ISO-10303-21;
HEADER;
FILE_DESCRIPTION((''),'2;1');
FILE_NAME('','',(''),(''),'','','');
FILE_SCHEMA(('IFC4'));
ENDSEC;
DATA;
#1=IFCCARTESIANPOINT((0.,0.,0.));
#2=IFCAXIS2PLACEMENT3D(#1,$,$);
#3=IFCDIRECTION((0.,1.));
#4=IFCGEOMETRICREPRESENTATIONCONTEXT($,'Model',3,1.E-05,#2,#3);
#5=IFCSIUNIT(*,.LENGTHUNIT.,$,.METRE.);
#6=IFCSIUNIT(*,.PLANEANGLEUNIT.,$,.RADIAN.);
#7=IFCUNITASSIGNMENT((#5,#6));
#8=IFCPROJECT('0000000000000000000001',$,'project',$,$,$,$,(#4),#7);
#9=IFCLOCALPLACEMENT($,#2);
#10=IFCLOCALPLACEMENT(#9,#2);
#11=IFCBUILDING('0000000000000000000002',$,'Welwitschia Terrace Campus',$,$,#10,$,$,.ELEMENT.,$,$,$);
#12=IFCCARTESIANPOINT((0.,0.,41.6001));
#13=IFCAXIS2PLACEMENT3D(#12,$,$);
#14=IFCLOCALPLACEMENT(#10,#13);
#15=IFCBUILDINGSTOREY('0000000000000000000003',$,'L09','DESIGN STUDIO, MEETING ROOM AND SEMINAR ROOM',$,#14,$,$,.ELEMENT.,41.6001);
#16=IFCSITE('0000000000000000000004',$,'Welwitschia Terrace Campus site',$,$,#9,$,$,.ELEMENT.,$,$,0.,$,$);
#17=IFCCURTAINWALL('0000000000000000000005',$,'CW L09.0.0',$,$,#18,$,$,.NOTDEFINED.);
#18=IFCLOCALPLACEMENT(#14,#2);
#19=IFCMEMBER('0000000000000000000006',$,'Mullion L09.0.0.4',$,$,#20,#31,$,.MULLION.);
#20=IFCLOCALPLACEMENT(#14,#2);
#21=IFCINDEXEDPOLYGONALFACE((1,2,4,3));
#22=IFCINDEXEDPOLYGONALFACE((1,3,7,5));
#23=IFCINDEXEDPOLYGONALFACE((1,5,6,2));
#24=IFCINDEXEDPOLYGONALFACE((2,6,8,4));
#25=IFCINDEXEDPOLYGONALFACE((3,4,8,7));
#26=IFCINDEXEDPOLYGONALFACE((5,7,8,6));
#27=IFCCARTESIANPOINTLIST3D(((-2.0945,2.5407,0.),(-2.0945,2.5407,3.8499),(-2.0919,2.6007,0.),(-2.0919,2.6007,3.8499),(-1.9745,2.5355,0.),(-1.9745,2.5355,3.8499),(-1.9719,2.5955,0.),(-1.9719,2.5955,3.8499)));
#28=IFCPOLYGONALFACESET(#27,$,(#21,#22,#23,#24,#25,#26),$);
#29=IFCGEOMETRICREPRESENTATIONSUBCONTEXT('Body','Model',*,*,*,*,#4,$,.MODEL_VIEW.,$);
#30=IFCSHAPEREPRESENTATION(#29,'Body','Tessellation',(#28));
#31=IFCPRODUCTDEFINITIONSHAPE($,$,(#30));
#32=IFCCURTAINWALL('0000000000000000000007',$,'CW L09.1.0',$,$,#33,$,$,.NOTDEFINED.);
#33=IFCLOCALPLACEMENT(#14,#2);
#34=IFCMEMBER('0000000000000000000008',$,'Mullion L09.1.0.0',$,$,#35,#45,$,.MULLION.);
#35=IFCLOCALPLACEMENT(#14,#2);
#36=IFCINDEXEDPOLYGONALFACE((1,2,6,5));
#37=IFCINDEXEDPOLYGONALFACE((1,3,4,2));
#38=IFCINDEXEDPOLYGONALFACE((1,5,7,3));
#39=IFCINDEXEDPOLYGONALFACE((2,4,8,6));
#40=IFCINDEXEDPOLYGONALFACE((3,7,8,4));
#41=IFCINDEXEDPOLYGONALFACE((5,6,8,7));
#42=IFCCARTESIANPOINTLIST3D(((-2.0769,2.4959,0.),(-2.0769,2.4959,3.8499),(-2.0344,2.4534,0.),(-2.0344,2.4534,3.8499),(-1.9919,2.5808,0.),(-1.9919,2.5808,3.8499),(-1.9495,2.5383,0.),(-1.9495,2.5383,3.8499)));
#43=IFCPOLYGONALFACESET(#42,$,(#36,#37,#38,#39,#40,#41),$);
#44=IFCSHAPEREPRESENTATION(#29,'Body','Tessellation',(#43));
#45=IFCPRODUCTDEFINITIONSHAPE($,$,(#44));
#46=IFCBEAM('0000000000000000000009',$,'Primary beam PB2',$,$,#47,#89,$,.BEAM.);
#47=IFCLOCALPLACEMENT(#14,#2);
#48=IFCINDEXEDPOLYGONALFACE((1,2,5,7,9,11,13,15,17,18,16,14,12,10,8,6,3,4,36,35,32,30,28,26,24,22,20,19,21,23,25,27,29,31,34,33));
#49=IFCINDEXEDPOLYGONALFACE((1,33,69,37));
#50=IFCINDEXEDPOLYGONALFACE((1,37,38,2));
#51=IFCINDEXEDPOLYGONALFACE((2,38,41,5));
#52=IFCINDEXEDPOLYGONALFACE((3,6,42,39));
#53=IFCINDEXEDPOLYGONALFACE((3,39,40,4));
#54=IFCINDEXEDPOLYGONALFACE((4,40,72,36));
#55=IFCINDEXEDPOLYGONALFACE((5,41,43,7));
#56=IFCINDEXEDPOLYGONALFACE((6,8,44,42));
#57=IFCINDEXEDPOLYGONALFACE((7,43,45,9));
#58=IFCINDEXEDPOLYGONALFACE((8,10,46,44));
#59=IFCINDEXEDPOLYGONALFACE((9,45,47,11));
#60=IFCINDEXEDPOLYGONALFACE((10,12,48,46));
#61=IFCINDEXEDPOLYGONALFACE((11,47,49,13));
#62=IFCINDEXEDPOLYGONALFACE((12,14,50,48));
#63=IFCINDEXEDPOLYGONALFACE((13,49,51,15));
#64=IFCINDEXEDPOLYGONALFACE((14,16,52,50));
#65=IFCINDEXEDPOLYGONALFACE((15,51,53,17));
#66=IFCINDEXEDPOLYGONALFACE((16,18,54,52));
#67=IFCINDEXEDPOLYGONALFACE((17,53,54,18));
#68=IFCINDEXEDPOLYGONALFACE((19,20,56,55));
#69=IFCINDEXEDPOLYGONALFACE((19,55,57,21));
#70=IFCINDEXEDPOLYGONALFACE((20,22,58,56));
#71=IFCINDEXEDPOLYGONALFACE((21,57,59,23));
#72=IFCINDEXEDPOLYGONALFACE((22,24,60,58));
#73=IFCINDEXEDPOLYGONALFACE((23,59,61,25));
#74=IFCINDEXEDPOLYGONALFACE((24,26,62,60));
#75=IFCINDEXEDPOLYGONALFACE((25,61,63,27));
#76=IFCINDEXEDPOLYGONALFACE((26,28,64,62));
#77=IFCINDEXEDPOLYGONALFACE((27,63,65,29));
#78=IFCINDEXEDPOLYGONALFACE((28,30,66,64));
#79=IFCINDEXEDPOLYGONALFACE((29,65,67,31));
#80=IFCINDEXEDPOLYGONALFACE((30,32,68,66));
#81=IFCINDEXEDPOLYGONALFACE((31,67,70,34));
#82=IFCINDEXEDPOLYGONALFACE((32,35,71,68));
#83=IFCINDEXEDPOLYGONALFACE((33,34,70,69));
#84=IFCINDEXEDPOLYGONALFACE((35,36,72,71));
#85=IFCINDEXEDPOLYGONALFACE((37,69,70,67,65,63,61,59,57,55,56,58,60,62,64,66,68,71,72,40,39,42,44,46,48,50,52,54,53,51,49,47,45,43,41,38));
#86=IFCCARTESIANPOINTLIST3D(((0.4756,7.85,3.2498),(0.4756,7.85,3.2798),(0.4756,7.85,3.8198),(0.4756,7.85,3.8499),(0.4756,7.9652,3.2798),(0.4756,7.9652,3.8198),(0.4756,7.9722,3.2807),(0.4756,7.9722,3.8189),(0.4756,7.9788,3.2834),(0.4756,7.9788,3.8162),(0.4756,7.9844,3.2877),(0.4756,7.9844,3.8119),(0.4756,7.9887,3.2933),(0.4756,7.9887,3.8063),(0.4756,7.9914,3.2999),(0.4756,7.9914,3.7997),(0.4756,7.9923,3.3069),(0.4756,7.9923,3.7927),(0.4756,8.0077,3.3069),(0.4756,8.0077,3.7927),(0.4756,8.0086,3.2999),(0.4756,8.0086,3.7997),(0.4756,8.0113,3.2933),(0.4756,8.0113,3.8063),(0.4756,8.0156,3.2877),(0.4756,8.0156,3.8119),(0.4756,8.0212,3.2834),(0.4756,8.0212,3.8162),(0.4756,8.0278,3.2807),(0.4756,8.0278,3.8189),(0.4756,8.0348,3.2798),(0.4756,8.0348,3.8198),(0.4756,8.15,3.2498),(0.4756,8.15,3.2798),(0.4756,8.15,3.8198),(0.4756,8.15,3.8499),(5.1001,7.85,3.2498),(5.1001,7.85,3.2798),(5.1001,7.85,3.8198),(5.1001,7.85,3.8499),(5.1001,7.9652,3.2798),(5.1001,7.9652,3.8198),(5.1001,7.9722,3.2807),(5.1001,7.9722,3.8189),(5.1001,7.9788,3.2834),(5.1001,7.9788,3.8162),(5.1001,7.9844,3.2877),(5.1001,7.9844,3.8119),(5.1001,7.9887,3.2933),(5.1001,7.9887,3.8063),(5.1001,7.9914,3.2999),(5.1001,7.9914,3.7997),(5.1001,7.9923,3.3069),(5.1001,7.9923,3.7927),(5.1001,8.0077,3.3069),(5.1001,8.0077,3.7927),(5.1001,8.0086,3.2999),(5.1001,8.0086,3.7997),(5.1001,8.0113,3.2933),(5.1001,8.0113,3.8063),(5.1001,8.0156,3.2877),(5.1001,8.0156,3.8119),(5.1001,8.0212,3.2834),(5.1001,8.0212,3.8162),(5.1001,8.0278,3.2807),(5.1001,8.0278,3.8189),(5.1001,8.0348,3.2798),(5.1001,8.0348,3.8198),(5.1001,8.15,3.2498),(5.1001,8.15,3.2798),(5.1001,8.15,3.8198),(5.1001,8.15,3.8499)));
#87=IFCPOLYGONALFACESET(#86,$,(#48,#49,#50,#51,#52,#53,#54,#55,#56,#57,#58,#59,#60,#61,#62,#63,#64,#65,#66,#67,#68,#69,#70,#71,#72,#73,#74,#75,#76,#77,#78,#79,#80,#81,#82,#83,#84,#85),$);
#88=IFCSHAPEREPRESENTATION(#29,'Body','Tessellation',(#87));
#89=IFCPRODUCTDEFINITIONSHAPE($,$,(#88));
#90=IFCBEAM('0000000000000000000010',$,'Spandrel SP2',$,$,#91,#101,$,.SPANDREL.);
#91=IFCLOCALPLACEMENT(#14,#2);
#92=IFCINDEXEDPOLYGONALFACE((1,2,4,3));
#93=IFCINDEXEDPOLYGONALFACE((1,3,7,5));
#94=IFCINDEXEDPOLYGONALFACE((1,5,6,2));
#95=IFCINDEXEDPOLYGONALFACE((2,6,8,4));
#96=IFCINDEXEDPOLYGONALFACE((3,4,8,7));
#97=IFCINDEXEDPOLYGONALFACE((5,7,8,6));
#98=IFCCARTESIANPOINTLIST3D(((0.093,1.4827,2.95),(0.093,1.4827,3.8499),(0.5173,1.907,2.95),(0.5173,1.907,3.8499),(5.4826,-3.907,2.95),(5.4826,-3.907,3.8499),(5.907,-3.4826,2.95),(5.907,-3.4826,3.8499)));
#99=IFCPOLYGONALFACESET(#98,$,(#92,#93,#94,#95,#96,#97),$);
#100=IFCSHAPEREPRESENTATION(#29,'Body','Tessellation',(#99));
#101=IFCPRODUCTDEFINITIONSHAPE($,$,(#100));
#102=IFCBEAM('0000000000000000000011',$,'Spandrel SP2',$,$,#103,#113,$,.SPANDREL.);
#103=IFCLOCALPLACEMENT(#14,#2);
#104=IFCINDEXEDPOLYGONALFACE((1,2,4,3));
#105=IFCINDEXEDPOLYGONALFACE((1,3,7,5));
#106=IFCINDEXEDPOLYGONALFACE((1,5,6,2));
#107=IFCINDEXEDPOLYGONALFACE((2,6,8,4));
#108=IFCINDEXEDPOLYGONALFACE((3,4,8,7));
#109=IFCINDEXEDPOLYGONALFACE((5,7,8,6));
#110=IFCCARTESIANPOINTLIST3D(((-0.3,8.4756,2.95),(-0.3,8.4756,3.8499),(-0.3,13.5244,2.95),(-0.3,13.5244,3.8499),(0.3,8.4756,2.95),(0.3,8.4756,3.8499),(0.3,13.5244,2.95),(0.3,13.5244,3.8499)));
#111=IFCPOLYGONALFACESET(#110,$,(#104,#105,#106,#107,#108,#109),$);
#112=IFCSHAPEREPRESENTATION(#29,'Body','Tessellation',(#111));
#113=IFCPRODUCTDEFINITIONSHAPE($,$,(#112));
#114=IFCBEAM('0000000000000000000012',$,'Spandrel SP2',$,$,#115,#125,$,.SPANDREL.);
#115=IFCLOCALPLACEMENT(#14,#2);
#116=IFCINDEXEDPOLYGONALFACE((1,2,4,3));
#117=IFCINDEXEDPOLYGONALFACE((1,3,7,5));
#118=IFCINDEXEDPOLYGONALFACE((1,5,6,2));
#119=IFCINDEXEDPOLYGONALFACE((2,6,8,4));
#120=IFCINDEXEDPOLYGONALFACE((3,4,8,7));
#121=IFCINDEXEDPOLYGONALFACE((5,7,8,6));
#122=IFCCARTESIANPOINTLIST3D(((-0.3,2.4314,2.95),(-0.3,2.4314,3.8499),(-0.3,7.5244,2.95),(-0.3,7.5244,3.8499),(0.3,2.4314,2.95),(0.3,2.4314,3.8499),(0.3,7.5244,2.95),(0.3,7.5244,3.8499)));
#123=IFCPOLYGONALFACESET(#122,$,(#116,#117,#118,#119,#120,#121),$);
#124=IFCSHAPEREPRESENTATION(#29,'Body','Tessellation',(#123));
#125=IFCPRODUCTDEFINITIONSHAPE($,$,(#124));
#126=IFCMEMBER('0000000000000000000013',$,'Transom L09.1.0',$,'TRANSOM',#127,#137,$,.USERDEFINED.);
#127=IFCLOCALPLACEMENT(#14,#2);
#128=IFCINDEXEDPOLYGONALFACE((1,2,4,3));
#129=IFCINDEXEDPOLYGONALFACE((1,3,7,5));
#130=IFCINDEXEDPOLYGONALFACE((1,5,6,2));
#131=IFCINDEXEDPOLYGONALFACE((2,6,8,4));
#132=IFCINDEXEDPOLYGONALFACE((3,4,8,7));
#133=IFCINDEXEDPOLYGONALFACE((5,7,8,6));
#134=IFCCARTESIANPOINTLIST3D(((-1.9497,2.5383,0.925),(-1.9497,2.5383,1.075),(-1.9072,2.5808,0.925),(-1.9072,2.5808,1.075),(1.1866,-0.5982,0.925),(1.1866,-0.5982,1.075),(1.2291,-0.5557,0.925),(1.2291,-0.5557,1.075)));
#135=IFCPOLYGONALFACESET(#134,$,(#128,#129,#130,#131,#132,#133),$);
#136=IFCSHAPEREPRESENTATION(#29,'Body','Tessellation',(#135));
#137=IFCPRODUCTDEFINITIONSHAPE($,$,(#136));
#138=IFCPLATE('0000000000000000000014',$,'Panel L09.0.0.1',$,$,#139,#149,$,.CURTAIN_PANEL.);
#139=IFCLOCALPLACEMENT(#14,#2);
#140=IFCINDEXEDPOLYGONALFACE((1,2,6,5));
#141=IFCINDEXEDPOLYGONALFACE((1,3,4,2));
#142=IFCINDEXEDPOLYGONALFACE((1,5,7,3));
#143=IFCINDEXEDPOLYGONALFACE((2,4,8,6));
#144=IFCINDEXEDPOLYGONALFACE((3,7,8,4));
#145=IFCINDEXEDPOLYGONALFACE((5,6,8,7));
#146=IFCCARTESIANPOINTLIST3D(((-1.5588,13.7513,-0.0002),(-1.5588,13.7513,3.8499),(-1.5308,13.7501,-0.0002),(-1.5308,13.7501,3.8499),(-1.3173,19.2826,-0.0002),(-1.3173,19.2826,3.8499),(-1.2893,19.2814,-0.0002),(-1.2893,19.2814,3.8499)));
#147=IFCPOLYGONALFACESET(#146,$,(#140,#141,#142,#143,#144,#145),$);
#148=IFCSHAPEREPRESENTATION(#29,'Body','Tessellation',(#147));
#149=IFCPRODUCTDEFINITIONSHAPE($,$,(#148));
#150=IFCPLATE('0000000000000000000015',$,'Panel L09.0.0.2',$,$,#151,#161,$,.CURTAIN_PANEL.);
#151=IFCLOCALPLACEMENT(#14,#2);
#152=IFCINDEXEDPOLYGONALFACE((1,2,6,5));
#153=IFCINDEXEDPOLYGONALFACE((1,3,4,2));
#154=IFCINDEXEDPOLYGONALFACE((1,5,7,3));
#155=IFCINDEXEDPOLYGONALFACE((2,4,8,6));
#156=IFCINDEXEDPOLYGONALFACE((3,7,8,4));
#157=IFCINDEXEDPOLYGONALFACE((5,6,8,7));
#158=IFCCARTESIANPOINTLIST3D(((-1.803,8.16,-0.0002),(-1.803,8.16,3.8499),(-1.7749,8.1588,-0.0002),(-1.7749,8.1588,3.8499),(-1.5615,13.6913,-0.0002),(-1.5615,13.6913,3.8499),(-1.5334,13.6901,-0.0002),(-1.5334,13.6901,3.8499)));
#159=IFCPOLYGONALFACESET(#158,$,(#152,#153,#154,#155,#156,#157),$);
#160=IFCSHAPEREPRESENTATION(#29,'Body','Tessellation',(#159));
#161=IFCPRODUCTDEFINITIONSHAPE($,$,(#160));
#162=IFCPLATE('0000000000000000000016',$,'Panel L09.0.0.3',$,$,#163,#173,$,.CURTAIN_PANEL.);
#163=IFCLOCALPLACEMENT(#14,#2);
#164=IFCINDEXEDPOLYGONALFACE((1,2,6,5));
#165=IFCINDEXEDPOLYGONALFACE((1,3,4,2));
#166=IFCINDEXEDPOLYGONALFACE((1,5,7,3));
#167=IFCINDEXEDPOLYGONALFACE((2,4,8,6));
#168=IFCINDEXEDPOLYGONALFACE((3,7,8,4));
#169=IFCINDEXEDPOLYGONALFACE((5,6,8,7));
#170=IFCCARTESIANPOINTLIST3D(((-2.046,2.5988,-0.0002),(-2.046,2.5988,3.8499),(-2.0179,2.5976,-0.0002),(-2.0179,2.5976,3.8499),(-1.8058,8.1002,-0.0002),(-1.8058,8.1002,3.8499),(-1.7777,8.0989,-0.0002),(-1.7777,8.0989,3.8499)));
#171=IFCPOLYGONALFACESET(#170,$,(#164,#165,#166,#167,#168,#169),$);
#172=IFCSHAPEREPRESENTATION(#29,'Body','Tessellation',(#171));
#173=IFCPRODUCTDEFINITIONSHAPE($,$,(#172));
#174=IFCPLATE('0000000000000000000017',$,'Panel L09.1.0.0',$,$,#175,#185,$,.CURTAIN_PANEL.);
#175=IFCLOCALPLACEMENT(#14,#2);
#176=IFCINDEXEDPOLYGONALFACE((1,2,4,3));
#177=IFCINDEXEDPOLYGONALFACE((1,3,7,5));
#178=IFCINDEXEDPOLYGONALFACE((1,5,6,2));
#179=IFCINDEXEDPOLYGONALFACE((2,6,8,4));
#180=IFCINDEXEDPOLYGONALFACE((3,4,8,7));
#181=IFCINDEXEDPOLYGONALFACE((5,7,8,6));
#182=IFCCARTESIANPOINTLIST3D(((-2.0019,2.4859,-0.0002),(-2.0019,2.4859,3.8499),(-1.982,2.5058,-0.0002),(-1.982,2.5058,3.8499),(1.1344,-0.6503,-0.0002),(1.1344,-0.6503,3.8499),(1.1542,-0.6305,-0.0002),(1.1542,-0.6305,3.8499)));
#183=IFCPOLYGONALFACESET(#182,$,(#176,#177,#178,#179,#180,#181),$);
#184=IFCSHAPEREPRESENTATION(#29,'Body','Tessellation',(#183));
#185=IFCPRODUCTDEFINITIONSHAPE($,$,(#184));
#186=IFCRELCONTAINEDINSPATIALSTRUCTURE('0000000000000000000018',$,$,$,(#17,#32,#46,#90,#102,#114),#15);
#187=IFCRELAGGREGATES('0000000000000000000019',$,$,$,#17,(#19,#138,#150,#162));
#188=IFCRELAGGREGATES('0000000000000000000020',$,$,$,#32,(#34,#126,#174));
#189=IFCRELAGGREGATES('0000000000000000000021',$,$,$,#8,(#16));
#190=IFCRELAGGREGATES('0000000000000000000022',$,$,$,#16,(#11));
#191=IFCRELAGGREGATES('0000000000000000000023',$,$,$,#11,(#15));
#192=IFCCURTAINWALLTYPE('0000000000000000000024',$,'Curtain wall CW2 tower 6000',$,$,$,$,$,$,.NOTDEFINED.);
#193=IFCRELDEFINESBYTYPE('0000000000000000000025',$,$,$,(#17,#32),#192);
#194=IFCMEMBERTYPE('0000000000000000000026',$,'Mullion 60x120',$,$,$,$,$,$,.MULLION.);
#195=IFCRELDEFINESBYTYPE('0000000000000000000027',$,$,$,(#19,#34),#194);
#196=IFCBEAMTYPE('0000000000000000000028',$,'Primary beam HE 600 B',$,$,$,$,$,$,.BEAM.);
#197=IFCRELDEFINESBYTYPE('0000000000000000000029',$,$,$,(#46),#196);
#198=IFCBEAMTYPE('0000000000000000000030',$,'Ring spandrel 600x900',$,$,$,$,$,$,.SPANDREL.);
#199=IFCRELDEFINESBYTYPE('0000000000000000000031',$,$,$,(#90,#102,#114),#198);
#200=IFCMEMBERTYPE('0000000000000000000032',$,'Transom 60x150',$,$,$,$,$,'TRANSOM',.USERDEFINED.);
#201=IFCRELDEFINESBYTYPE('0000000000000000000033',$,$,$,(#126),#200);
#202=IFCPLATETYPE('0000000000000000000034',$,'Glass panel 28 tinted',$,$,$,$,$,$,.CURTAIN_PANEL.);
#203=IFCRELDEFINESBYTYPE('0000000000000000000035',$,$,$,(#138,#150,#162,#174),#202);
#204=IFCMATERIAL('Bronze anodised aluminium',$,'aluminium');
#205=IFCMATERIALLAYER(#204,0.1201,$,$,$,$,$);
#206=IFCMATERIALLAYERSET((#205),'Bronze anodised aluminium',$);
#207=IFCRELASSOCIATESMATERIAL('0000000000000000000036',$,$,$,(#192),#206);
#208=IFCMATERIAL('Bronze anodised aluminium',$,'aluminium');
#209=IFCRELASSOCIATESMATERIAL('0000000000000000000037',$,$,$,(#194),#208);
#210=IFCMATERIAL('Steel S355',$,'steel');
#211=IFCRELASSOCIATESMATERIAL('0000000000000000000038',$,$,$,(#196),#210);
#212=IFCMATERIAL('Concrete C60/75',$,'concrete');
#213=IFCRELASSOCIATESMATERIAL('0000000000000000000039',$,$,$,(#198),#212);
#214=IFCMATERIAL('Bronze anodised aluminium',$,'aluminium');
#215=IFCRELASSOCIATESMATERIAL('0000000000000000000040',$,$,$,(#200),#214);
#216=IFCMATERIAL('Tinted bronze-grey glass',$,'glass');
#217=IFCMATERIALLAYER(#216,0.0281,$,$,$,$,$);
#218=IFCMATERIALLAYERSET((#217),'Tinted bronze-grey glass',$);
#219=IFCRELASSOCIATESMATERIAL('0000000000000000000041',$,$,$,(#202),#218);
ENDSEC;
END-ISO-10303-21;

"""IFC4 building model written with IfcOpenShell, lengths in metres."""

from ifc_helpers import new_model, si_unit, direction, frame, origin, origin_2d, place, context, subcontext, project, spatial, rectangle, i_section, extrude, material, layer, layer_set, material_profile, profile_set, type_object, element, aggregate, save


model = new_model("IFC4")

# Units and contexts
model_context = context("Model", 3, precision=1e-05, world=origin(), true_north=direction((0.0, 1.0)))
body_context = subcontext(model_context, "Body", "Model", "MODEL_VIEW")
ifc_project = project(units=[si_unit("LENGTHUNIT", "METRE"), si_unit("PLANEANGLEUNIT", "RADIAN")], contexts=[model_context])

# Site, building, storey
site_placement = place(None, origin())
site = spatial("IfcSite", under=ifc_project, at=site_placement, Name="Welwitschia Terrace Campus site", CompositionType="ELEMENT", RefElevation=0.0)
building_placement = place(site_placement, origin())
building = spatial("IfcBuilding", under=site, at=building_placement, Name="Welwitschia Terrace Campus", CompositionType="ELEMENT")
storey_placement = place(building_placement, frame((0.0, 0.0, 41.6001)))
storey = spatial("IfcBuildingStorey", under=building, at=storey_placement, Name="L09", Description="DESIGN STUDIO, MEETING ROOM AND SEMINAR ROOM", CompositionType="ELEMENT", Elevation=41.6001)

# Curtain wall, member
ifc_material_1 = material(Name="Bronze anodised aluminium", Category="aluminium")
ifc_layer_1 = layer(ifc_material_1, 0.1201)
ifc_layer_set_1 = layer_set([ifc_layer_1], Name="Bronze anodised aluminium")
curtain_wall_type = type_object("IfcCurtainWallType", Name="Curtain wall CW2 tower 6000", PredefinedType="NOTDEFINED", material=ifc_layer_set_1)
curtain_wall_1_placement = place(storey_placement, origin())
curtain_wall_1 = element("IfcCurtainWall", 1, at=curtain_wall_1_placement, inside=storey, type_object=curtain_wall_type, Name="CW L09.0.0", PredefinedType="NOTDEFINED")
ifc_material_2 = material(Name="Bronze anodised aluminium", Category="aluminium")
ifc_material_profile_1 = material_profile(ifc_material_2, rectangle(XDim=0.1201, YDim=0.0601, at=origin_2d()))
ifc_profile_set_1 = profile_set([ifc_material_profile_1], Name="Bronze anodised aluminium")
member_type_1 = type_object("IfcMemberType", Name="Mullion 60x120", PredefinedType="MULLION", material=ifc_profile_set_1)
member_1_placement = place(storey_placement, frame((-2.0332, 2.5681, 0.0), z_axis=(0.0, 0.0, 1.0), x_axis=(0.999048, -0.043619, 0.0)))
member_1 = element("IfcMember", 2, at=member_1_placement, type_object=member_type_1, Name="Mullion L09.0.0.4", PredefinedType="MULLION", context=body_context, shape_type="SweptSolid", body=[
    extrude(rectangle(XDim=0.1201, YDim=0.0601, at=origin_2d()), origin(), (0.0, 0.0, 1.0), 3.8499),
])

# Curtain wall, member
curtain_wall_2_placement = place(storey_placement, origin())
curtain_wall_2 = element("IfcCurtainWall", 3, at=curtain_wall_2_placement, inside=storey, type_object=curtain_wall_type, Name="CW L09.1.0", PredefinedType="NOTDEFINED")
member_2_placement = place(storey_placement, frame((-2.0132, 2.5171, 0.0), z_axis=(0.0, 0.0, 1.0), x_axis=(0.707107, 0.707107, 0.0)))
member_2 = element("IfcMember", 4, at=member_2_placement, type_object=member_type_1, Name="Mullion L09.1.0.0", PredefinedType="MULLION", context=body_context, shape_type="SweptSolid", body=[
    extrude(rectangle(XDim=0.1201, YDim=0.0601, at=origin_2d()), origin(), (0.0, 0.0, 1.0), 3.8499),
])

# Beams
ifc_material_3 = material(Name="Steel S355", Category="steel")
ifc_material_profile_2 = material_profile(ifc_material_3, i_section(OverallWidth=0.3, OverallDepth=0.6001, WebThickness=0.0154, FlangeThickness=0.03, FilletRadius=0.0271, at=origin_2d()))
ifc_profile_set_2 = profile_set([ifc_material_profile_2], Name="Steel S355")
beam_type_1 = type_object("IfcBeamType", Name="Primary beam HE 600 B", PredefinedType="BEAM", material=ifc_profile_set_2)
beam_1_placement = place(storey_placement, frame((0.4756, 8.0, 3.5498), z_axis=(1.0, 0.0, 0.0), x_axis=(0.0, 1.0, 0.0)))
element("IfcBeam", 5, at=beam_1_placement, inside=storey, type_object=beam_type_1, Name="Primary beam PB2", PredefinedType="BEAM", context=body_context, shape_type="SweptSolid", body=[
    extrude(i_section(OverallWidth=0.3, OverallDepth=0.6001, WebThickness=0.0154, FlangeThickness=0.03, FilletRadius=0.0271, at=origin_2d()), origin(), (0.0, 0.0, 1.0), 4.6245),
])
ifc_material_4 = material(Name="Concrete C60/75", Category="concrete")
ifc_material_profile_3 = material_profile(ifc_material_4, rectangle(XDim=0.6001, YDim=0.8999, at=origin_2d()))
ifc_profile_set_3 = profile_set([ifc_material_profile_3], Name="Concrete C60/75")
beam_type_2 = type_object("IfcBeamType", Name="Ring spandrel 600x900", PredefinedType="SPANDREL", material=ifc_profile_set_3)
beam_2_placement = place(storey_placement, frame((0.3052, 1.6948, 3.3999), z_axis=(0.707107, -0.707107, 0.0), x_axis=(0.707107, 0.707107, 0.0)))
element("IfcBeam", 6, at=beam_2_placement, inside=storey, type_object=beam_type_2, Name="Spandrel SP2", PredefinedType="SPANDREL", context=body_context, shape_type="SweptSolid", body=[
    extrude(rectangle(XDim=0.6001, YDim=0.8999, at=origin_2d()), origin(), (0.0, 0.0, 1.0), 7.6221),
])
beam_3_placement = place(storey_placement, frame((0.0, 13.5244, 3.3999), z_axis=(0.0, -1.0, 0.0), x_axis=(1.0, 0.0, 0.0)))
element("IfcBeam", 7, at=beam_3_placement, inside=storey, type_object=beam_type_2, Name="Spandrel SP2", PredefinedType="SPANDREL", context=body_context, shape_type="SweptSolid", body=[
    extrude(rectangle(XDim=0.6001, YDim=0.8999, at=origin_2d()), origin(), (0.0, 0.0, 1.0), 5.0488),
])
beam_4_placement = place(storey_placement, frame((0.0, 7.5244, 3.3999), z_axis=(0.0, -1.0, 0.0), x_axis=(1.0, 0.0, 0.0)))
element("IfcBeam", 8, at=beam_4_placement, inside=storey, type_object=beam_type_2, Name="Spandrel SP2", PredefinedType="SPANDREL", context=body_context, shape_type="SweptSolid", body=[
    extrude(rectangle(XDim=0.6001, YDim=0.8999, at=origin_2d()), origin(), (0.0, 0.0, 1.0), 5.093),
])

# Member
ifc_material_5 = material(Name="Bronze anodised aluminium", Category="aluminium")
ifc_material_profile_4 = material_profile(ifc_material_5, rectangle(XDim=0.0601, YDim=0.1499, at=origin_2d()))
ifc_profile_set_4 = profile_set([ifc_material_profile_4], Name="Bronze anodised aluminium")
member_type_2 = type_object("IfcMemberType", Name="Transom 60x150", ElementType="TRANSOM", PredefinedType="USERDEFINED", material=ifc_profile_set_4)
member_3_placement = place(storey_placement, frame((-1.9285, 2.5596, 1.0), z_axis=(0.707079, -0.707134, 0.0), x_axis=(0.707134, 0.707079, 0.0)))
member_3 = element("IfcMember", 9, at=member_3_placement, type_object=member_type_2, Name="Transom L09.1.0", ObjectType="TRANSOM", PredefinedType="USERDEFINED", context=body_context, shape_type="SweptSolid", body=[
    extrude(rectangle(XDim=0.0601, YDim=0.1499, at=origin_2d()), origin(), (0.0, 0.0, 1.0), 4.4355),
])

# Plates
ifc_material_6 = material(Name="Tinted bronze-grey glass", Category="glass")
ifc_layer_2 = layer(ifc_material_6, 0.0281)
ifc_layer_set_2 = layer_set([ifc_layer_2], Name="Tinted bronze-grey glass")
plate_type = type_object("IfcPlateType", Name="Glass panel 28 tinted", PredefinedType="CURTAIN_PANEL", material=ifc_layer_set_2)
plate_1_placement = place(storey_placement, frame((-1.4241, 16.5164, -0.0002), z_axis=(0.0, 0.0, 1.0), x_axis=(-0.043619, -0.999048, 0.0)))
plate_1 = element("IfcPlate", 10, at=plate_1_placement, type_object=plate_type, Name="Panel L09.0.0.1", PredefinedType="CURTAIN_PANEL", context=body_context, shape_type="SweptSolid", body=[
    extrude(rectangle(XDim=5.5366, YDim=0.0281, at=origin_2d()), origin(), (0.0, 0.0, 1.0), 3.8501),
])
plate_2_placement = place(storey_placement, frame((-1.6682, 10.925, -0.0002), z_axis=(0.0, 0.0, 1.0), x_axis=(-0.043619, -0.999048, 0.0)))
plate_2 = element("IfcPlate", 11, at=plate_2_placement, type_object=plate_type, Name="Panel L09.0.0.2", PredefinedType="CURTAIN_PANEL", context=body_context, shape_type="SweptSolid", body=[
    extrude(rectangle(XDim=5.5366, YDim=0.0281, at=origin_2d()), origin(), (0.0, 0.0, 1.0), 3.8501),
])
plate_3_placement = place(storey_placement, frame((-1.9119, 5.3489, -0.0002), z_axis=(0.0, 0.0, 1.0), x_axis=(-0.043619, -0.999048, 0.0)))
plate_3 = element("IfcPlate", 12, at=plate_3_placement, type_object=plate_type, Name="Panel L09.0.0.3", PredefinedType="CURTAIN_PANEL", context=body_context, shape_type="SweptSolid", body=[
    extrude(rectangle(XDim=5.5066, YDim=0.0281, at=origin_2d()), origin(), (0.0, 0.0, 1.0), 3.8501),
])
aggregate(curtain_wall_1, [member_1, plate_1, plate_2, plate_3])
plate_4_placement = place(storey_placement, frame((-0.4238, 0.9277, -0.0002), z_axis=(0.0, 0.0, 1.0), x_axis=(0.707107, -0.707107, 0.0)))
plate_4 = element("IfcPlate", 13, at=plate_4_placement, type_object=plate_type, Name="Panel L09.1.0.0", PredefinedType="CURTAIN_PANEL", context=body_context, shape_type="SweptSolid", body=[
    extrude(rectangle(XDim=4.4353, YDim=0.0281, at=origin_2d()), origin(), (0.0, 0.0, 1.0), 3.8501),
])
aggregate(curtain_wall_2, [member_2, member_3, plate_4])

save(model, "model.ifc")
